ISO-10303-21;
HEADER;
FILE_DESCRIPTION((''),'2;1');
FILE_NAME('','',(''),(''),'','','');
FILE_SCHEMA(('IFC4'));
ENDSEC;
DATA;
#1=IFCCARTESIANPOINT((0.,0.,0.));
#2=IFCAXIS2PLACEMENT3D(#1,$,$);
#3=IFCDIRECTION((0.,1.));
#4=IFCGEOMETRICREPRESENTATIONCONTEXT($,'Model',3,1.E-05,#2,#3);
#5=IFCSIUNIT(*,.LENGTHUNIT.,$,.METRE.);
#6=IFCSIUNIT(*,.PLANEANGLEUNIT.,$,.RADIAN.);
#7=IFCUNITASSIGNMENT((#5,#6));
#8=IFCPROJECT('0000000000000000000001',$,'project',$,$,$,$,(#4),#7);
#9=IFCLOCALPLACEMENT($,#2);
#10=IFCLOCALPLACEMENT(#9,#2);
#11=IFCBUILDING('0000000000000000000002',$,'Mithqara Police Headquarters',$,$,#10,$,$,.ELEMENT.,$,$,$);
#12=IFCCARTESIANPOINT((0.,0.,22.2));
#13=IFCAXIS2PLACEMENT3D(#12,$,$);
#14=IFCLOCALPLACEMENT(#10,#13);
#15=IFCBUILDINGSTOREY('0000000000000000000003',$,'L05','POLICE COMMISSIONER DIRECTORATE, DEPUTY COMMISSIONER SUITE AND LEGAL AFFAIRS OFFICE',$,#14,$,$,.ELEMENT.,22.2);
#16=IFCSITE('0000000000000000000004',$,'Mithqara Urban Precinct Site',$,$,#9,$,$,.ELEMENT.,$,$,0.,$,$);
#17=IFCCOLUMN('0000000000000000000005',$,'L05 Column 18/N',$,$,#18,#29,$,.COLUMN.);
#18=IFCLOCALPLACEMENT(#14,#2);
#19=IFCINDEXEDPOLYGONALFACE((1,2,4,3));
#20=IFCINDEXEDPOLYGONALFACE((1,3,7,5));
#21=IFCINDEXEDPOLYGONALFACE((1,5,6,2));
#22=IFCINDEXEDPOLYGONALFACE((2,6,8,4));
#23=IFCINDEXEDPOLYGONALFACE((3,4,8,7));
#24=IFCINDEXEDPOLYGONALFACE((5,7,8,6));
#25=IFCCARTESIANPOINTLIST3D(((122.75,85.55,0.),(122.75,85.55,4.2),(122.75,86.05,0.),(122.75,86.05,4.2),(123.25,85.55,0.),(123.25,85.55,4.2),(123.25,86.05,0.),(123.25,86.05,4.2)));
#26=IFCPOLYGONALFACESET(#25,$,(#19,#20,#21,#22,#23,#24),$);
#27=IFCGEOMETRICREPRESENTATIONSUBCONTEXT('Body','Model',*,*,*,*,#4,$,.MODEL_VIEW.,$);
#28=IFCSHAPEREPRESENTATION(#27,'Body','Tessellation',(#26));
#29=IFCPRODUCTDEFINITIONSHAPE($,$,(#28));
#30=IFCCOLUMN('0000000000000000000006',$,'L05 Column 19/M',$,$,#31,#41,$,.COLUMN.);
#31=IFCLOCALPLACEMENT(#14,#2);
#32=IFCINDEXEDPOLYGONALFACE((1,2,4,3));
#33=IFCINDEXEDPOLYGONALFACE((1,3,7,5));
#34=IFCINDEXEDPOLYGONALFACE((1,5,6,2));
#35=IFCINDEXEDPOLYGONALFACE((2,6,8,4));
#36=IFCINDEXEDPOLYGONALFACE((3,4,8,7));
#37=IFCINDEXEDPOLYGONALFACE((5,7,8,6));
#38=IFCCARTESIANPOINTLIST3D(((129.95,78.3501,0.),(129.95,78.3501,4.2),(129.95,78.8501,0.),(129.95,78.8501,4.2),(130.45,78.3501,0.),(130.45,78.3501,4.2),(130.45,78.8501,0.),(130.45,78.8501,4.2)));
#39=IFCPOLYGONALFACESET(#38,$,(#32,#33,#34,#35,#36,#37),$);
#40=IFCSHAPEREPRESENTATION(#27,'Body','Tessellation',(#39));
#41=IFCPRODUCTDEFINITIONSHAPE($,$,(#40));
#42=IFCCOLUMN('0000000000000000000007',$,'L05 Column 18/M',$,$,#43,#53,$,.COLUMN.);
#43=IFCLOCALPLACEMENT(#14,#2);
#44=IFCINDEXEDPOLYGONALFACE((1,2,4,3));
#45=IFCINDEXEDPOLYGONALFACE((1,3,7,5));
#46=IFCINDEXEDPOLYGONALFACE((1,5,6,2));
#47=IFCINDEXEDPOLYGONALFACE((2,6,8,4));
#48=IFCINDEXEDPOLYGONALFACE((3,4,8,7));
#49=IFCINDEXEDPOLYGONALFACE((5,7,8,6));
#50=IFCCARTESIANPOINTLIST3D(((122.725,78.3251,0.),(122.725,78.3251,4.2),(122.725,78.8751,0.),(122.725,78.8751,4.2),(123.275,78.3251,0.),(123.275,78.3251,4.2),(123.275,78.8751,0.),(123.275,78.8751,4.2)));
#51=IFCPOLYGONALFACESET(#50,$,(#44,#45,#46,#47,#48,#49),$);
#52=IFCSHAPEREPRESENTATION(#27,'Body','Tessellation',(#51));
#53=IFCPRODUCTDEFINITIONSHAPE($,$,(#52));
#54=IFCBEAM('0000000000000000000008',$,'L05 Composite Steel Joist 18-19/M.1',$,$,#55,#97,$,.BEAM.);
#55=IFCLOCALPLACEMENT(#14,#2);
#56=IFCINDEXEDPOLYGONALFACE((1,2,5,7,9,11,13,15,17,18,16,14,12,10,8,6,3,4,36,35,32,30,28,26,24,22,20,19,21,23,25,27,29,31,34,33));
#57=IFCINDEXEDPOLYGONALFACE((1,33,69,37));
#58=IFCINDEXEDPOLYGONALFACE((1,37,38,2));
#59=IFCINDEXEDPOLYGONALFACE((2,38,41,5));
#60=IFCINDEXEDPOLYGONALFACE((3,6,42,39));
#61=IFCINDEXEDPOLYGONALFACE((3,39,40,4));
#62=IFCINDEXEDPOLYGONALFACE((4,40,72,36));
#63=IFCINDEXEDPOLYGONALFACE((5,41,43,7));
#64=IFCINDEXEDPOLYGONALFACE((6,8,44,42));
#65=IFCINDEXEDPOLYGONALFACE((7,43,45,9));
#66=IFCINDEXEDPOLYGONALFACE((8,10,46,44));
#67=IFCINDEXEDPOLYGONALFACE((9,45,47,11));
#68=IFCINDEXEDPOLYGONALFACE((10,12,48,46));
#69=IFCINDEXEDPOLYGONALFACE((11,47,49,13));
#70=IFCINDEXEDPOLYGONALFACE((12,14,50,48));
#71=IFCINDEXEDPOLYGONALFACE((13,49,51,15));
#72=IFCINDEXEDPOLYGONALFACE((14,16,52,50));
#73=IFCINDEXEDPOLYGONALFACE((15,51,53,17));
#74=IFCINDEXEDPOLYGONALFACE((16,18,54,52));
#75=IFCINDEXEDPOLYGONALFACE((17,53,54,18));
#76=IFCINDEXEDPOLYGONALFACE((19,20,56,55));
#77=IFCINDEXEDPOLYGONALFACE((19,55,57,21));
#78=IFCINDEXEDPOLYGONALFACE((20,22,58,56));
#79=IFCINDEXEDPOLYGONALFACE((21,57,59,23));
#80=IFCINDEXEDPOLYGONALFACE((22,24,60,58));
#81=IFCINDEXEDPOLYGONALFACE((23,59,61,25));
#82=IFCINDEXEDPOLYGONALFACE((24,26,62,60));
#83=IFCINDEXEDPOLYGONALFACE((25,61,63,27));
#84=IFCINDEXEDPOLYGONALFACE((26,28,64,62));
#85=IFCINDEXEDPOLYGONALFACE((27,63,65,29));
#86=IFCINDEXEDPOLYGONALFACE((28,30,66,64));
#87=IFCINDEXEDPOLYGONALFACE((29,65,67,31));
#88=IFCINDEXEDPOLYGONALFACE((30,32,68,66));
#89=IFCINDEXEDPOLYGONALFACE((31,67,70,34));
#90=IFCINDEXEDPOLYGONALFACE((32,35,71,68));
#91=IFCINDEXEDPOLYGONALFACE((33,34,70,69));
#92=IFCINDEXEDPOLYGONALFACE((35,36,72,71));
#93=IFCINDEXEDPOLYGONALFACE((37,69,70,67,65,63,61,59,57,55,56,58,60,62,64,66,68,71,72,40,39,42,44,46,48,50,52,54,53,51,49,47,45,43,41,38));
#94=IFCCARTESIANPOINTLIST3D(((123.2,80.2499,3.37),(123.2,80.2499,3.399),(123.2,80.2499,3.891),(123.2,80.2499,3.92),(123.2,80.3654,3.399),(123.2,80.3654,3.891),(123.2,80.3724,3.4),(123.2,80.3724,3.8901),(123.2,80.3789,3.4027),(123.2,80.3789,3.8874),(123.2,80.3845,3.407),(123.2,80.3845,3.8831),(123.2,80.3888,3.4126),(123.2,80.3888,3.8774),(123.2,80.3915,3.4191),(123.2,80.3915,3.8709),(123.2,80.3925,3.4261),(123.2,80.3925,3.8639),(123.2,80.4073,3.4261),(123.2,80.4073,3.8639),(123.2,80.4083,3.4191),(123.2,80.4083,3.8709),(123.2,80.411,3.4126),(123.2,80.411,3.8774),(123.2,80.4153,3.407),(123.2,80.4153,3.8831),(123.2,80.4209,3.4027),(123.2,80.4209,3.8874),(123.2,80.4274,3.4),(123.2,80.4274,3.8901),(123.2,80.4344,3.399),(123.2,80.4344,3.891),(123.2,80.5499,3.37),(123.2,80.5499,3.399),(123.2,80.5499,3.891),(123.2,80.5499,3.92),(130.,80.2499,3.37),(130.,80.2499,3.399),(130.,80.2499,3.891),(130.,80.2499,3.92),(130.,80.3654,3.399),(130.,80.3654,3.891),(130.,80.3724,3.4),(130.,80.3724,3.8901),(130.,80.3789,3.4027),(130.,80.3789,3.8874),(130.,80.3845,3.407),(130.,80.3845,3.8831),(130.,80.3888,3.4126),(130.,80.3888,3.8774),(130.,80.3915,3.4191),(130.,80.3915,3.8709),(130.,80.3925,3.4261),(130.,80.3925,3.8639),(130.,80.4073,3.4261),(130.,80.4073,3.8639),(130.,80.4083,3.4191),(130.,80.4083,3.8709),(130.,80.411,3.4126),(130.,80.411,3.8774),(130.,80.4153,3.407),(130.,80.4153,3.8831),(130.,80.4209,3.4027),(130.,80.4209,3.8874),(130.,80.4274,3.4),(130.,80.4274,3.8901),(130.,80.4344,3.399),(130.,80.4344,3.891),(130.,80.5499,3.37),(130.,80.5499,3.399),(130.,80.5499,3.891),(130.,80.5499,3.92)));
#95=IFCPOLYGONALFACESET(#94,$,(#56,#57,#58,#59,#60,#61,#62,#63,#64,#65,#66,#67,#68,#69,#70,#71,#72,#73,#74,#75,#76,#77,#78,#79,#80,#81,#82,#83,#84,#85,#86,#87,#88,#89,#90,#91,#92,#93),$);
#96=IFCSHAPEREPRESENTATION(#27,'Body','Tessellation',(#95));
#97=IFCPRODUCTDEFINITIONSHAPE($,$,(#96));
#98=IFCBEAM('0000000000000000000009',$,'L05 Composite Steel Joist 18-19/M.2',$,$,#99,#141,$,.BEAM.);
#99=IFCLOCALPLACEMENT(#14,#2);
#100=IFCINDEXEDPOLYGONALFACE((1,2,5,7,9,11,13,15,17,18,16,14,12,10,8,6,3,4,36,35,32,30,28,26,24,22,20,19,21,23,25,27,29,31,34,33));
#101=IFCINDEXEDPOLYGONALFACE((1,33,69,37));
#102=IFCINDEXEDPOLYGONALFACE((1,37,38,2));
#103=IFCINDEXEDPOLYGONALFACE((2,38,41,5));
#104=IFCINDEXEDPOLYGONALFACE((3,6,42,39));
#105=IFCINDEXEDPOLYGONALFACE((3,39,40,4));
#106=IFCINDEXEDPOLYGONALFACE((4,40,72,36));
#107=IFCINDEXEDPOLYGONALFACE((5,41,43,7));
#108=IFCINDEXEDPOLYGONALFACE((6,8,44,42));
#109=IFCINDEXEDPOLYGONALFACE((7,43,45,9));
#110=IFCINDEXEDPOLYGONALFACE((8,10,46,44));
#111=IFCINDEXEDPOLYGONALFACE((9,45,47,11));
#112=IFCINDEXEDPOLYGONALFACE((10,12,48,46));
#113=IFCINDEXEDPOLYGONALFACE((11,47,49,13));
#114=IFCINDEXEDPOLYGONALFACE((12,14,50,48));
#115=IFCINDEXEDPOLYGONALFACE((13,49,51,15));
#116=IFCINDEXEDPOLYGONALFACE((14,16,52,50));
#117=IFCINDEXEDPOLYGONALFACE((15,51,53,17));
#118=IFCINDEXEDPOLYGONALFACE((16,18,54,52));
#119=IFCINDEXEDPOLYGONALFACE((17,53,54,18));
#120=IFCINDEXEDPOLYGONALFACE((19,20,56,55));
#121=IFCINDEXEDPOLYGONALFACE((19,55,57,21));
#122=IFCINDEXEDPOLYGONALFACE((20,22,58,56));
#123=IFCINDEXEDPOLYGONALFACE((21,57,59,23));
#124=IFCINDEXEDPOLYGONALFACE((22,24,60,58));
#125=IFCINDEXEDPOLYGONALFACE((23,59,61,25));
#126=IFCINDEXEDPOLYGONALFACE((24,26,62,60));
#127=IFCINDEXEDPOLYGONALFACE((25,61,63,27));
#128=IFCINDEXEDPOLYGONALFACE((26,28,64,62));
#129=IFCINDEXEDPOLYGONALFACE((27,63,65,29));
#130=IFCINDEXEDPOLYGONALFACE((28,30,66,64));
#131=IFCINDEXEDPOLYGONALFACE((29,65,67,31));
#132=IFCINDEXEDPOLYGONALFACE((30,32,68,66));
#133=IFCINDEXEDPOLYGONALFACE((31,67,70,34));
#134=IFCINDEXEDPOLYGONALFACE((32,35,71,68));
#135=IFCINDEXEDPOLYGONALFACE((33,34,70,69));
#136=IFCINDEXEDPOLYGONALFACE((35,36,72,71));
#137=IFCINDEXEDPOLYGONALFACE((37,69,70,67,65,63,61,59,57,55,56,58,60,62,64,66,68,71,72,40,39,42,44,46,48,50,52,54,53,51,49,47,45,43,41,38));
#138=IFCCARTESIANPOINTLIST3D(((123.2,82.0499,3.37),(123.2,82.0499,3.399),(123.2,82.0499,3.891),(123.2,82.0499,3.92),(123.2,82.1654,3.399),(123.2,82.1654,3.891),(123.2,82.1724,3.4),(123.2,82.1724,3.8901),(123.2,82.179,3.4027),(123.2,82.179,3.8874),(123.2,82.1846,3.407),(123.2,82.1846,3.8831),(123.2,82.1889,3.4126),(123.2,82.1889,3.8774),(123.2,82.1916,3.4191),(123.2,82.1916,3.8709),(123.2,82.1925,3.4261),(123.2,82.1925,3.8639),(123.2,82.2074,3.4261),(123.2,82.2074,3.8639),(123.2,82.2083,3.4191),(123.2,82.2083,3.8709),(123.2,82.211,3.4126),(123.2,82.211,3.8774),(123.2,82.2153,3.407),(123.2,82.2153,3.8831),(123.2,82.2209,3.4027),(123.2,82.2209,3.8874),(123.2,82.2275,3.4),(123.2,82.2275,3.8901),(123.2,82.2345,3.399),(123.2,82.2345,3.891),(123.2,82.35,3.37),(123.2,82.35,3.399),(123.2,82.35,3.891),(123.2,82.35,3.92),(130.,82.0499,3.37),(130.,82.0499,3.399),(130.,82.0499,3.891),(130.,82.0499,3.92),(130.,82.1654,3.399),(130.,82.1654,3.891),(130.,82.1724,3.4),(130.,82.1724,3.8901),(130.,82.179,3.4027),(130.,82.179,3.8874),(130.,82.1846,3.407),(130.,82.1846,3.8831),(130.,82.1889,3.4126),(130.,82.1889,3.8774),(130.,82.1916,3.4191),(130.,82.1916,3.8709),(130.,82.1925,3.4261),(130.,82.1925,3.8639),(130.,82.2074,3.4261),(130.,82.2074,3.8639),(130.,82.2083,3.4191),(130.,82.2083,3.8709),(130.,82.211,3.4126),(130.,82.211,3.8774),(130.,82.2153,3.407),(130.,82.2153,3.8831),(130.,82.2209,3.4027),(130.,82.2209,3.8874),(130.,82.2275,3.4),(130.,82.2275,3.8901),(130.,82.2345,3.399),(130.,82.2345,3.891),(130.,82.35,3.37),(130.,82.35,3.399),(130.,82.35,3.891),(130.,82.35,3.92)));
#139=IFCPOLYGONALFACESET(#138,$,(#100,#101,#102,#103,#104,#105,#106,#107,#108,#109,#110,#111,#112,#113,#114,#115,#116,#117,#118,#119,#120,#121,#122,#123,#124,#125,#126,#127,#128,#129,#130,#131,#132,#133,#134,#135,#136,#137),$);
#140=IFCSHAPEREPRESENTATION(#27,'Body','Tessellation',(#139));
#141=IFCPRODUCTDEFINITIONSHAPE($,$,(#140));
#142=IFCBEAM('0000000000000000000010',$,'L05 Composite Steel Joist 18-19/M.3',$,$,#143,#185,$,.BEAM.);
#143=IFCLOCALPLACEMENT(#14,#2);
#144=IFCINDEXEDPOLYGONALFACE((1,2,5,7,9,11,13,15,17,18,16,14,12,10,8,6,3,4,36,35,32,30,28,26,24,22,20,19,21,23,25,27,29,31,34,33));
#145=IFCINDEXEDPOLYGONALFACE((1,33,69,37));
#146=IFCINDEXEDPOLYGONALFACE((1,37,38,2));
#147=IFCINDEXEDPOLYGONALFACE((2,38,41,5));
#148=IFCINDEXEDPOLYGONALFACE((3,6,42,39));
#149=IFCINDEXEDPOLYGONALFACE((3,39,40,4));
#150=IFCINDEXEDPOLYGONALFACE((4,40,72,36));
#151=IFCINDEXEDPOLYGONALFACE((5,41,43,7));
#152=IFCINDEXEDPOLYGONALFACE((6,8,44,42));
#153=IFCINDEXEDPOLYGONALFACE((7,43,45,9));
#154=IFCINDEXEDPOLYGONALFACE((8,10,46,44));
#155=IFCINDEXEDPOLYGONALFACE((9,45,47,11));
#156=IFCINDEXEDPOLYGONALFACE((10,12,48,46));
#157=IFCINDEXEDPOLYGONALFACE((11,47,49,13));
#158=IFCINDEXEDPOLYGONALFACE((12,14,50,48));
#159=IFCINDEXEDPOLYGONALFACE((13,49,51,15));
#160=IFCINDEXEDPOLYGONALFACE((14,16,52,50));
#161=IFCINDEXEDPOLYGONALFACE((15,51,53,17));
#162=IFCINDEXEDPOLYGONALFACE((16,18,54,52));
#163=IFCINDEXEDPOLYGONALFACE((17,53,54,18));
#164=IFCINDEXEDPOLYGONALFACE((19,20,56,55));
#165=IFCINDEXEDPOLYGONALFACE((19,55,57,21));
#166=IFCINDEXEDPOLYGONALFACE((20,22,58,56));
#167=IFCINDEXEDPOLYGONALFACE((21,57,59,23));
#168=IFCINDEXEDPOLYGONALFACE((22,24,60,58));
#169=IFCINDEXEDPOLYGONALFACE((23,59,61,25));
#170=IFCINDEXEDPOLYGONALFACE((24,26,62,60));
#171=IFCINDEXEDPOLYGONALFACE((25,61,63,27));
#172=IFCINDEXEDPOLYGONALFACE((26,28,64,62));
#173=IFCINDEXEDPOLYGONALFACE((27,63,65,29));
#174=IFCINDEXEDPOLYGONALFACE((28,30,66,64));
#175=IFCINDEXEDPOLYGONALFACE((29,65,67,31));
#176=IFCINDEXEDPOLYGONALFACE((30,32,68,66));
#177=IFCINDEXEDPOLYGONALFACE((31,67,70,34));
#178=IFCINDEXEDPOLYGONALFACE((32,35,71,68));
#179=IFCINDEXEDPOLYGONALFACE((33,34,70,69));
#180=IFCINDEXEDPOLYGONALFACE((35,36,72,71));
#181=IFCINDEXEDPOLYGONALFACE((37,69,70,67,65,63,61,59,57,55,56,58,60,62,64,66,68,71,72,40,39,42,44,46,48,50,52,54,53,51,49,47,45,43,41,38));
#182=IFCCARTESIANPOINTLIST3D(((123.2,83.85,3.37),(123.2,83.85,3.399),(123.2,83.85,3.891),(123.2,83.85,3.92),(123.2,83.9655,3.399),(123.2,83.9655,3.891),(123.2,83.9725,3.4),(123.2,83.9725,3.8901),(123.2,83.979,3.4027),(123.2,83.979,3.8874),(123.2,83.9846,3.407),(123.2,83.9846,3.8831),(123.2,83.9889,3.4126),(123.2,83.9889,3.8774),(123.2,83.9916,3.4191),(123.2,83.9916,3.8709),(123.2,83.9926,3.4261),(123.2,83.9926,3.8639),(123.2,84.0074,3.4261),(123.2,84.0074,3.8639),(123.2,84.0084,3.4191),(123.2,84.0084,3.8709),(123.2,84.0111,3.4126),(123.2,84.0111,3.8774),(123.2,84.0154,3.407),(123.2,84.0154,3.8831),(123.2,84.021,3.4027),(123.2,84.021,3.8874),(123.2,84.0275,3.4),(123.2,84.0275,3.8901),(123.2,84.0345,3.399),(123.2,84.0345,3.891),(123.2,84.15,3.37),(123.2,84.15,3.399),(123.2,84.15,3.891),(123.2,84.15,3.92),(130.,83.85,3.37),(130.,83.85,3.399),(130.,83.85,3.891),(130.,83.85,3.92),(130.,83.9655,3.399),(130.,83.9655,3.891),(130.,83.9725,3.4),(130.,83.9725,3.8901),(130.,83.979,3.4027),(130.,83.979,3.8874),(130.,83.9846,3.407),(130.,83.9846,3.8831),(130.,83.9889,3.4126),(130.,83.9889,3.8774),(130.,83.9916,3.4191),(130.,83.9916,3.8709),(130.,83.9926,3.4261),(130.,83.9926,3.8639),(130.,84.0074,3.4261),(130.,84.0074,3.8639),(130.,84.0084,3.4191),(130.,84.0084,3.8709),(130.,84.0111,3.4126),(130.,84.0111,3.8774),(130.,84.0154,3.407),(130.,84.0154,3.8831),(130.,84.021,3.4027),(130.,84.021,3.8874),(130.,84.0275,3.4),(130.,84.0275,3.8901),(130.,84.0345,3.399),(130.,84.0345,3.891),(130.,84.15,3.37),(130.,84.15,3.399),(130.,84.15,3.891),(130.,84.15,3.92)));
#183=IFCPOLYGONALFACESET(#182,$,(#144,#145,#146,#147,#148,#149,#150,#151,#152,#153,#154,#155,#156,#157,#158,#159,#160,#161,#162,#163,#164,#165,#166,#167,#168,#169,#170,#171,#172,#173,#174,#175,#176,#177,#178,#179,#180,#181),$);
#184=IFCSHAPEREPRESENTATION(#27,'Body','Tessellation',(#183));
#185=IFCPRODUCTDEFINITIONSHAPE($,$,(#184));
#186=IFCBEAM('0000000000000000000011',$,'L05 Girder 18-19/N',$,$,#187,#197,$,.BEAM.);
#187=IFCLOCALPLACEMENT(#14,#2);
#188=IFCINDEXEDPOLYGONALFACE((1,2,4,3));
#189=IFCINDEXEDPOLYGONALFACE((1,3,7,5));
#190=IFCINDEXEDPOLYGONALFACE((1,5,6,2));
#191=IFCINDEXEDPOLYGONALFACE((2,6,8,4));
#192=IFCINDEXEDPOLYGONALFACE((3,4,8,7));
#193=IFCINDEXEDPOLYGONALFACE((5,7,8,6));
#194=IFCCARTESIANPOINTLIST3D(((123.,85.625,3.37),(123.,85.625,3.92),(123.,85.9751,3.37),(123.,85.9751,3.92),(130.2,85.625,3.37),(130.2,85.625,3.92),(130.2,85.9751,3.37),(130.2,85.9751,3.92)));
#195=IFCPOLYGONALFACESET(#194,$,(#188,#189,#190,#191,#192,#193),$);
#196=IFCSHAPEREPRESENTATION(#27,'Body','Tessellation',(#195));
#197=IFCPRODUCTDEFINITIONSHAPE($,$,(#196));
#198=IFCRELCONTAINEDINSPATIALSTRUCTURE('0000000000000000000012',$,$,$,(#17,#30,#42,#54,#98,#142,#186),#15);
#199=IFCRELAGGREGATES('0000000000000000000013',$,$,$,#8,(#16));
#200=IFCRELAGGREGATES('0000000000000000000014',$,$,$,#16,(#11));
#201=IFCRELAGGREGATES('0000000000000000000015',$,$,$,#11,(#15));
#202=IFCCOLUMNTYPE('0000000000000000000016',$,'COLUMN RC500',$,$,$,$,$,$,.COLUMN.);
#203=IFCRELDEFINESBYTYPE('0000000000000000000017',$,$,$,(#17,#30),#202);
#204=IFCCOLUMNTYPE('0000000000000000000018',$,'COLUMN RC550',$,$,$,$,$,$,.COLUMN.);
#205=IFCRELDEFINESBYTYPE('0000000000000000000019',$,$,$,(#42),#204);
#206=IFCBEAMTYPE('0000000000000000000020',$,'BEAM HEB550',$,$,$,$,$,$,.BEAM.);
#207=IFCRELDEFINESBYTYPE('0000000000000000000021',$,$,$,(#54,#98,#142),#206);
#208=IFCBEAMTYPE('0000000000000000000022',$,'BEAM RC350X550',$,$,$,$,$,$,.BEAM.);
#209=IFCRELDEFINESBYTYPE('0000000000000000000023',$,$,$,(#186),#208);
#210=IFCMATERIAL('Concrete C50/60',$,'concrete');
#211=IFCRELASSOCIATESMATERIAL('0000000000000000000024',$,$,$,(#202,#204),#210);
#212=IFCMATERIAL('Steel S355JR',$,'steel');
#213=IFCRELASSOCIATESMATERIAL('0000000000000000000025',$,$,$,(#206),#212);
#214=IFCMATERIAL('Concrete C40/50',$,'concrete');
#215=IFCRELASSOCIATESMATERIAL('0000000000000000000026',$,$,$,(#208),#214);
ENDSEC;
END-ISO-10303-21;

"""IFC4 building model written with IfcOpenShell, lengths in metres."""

from ifc_helpers import new_model, si_unit, direction, frame, origin, origin_2d, place, context, subcontext, project, spatial, rectangle, i_section, extrude, material, material_profile, profile_set, type_object, element, save


model = new_model("IFC4")

# Units and contexts
model_context = context("Model", 3, precision=1e-05, world=origin(), true_north=direction((0.0, 1.0)))
body_context = subcontext(model_context, "Body", "Model", "MODEL_VIEW")
ifc_project = project(units=[si_unit("LENGTHUNIT", "METRE"), si_unit("PLANEANGLEUNIT", "RADIAN")], contexts=[model_context])

# Site, building, storey
site_placement = place(None, origin())
site = spatial("IfcSite", under=ifc_project, at=site_placement, Name="Mithqara Urban Precinct Site", CompositionType="ELEMENT", RefElevation=0.0)
building_placement = place(site_placement, origin())
building = spatial("IfcBuilding", under=site, at=building_placement, Name="Mithqara Police Headquarters", CompositionType="ELEMENT")
storey_placement = place(building_placement, frame((0.0, 0.0, 22.2)))
storey = spatial("IfcBuildingStorey", under=building, at=storey_placement, Name="L05", Description="POLICE COMMISSIONER DIRECTORATE, DEPUTY COMMISSIONER SUITE AND LEGAL AFFAIRS OFFICE", CompositionType="ELEMENT", Elevation=22.2)

# Columns
ifc_material_1 = material(Name="Concrete C50/60", Category="concrete")
ifc_material_profile_1 = material_profile(ifc_material_1, rectangle(XDim=0.5, YDim=0.5, at=origin_2d()), Name="RC 500x500")
ifc_profile_set_1 = profile_set([ifc_material_profile_1], Name="Concrete C50/60")
column_type_1 = type_object("IfcColumnType", Name="COLUMN RC500", PredefinedType="COLUMN", material=ifc_profile_set_1)
for number, where, z_axis, x_axis, name in (
    (1, (123.0, 85.8, 0.0), (0.0, 0.0, 1.0), (1.0, 0.0, 0.0), "L05 Column 18/N"),
    (2, (130.2, 78.6001, 0.0), (0.0, 0.0, 1.0), (1.0, 0.0, 0.0), "L05 Column 19/M"),
):
    element("IfcColumn", number, at=place(storey_placement, frame(where, z_axis=z_axis, x_axis=x_axis)), inside=storey, type_object=column_type_1, Name=name, PredefinedType="COLUMN", context=body_context, shape_type="SweptSolid", body=[
        extrude(rectangle(XDim=0.5, YDim=0.5, at=origin_2d()), origin(), (0.0, 0.0, 1.0), 4.2),
    ])
ifc_material_profile_2 = material_profile(ifc_material_1, rectangle(XDim=0.55, YDim=0.55, at=origin_2d()), Name="RC 550x550")
ifc_profile_set_2 = profile_set([ifc_material_profile_2], Name="Concrete C50/60")
column_type_2 = type_object("IfcColumnType", Name="COLUMN RC550", PredefinedType="COLUMN", material=ifc_profile_set_2)
column_placement = place(storey_placement, frame((123.0, 78.6001, 0.0), z_axis=(0.0, 0.0, 1.0), x_axis=(1.0, 0.0, 0.0)))
element("IfcColumn", 3, at=column_placement, inside=storey, type_object=column_type_2, Name="L05 Column 18/M", PredefinedType="COLUMN", context=body_context, shape_type="SweptSolid", body=[
    extrude(rectangle(XDim=0.55, YDim=0.55, at=origin_2d()), origin(), (0.0, 0.0, 1.0), 4.2),
])

# Beams
ifc_material_2 = material(Name="Steel S355JR", Category="steel")
ifc_material_profile_3 = material_profile(ifc_material_2, i_section(OverallWidth=0.3, OverallDepth=0.55, WebThickness=0.0149, FlangeThickness=0.0291, FilletRadius=0.0271, at=origin_2d()), Name="HEB 550")
ifc_profile_set_3 = profile_set([ifc_material_profile_3], Name="Steel S355JR")
beam_type_1 = type_object("IfcBeamType", Name="BEAM HEB550", PredefinedType="BEAM", material=ifc_profile_set_3)
for number, where, z_axis, x_axis, name in (
    (4, (123.2, 80.3999, 3.645), (1.0, 0.0, 0.0), (0.0, 1.0, 0.0), "L05 Composite Steel Joist 18-19/M.1"),
    (5, (123.2, 82.2, 3.645), (1.0, 0.0, 0.0), (0.0, 1.0, 0.0), "L05 Composite Steel Joist 18-19/M.2"),
    (6, (123.2, 84.0, 3.645), (1.0, 0.0, 0.0), (0.0, 1.0, 0.0), "L05 Composite Steel Joist 18-19/M.3"),
):
    element("IfcBeam", number, at=place(storey_placement, frame(where, z_axis=z_axis, x_axis=x_axis)), inside=storey, type_object=beam_type_1, Name=name, PredefinedType="BEAM", context=body_context, shape_type="SweptSolid", body=[
        extrude(i_section(OverallWidth=0.3, OverallDepth=0.55, WebThickness=0.0149, FlangeThickness=0.0291, FilletRadius=0.0271, at=origin_2d()), origin(), (0.0, 0.0, 1.0), 6.8),
    ])
ifc_material_3 = material(Name="Concrete C40/50", Category="concrete")
ifc_material_profile_4 = material_profile(ifc_material_3, rectangle(XDim=0.3501, YDim=0.55, at=origin_2d()), Name="RC 350x550")
ifc_profile_set_4 = profile_set([ifc_material_profile_4], Name="Concrete C40/50")
beam_type_2 = type_object("IfcBeamType", Name="BEAM RC350X550", PredefinedType="BEAM", material=ifc_profile_set_4)
beam_1_placement = place(storey_placement, frame((123.0, 85.8, 3.645), z_axis=(1.0, 0.0, 0.0), x_axis=(0.0, 1.0, 0.0)))
element("IfcBeam", 7, at=beam_1_placement, inside=storey, type_object=beam_type_2, Name="L05 Girder 18-19/N", PredefinedType="BEAM", context=body_context, shape_type="SweptSolid", body=[
    extrude(rectangle(XDim=0.3501, YDim=0.55, at=origin_2d()), origin(), (0.0, 0.0, 1.0), 7.2),
])

save(model, "model.ifc")
